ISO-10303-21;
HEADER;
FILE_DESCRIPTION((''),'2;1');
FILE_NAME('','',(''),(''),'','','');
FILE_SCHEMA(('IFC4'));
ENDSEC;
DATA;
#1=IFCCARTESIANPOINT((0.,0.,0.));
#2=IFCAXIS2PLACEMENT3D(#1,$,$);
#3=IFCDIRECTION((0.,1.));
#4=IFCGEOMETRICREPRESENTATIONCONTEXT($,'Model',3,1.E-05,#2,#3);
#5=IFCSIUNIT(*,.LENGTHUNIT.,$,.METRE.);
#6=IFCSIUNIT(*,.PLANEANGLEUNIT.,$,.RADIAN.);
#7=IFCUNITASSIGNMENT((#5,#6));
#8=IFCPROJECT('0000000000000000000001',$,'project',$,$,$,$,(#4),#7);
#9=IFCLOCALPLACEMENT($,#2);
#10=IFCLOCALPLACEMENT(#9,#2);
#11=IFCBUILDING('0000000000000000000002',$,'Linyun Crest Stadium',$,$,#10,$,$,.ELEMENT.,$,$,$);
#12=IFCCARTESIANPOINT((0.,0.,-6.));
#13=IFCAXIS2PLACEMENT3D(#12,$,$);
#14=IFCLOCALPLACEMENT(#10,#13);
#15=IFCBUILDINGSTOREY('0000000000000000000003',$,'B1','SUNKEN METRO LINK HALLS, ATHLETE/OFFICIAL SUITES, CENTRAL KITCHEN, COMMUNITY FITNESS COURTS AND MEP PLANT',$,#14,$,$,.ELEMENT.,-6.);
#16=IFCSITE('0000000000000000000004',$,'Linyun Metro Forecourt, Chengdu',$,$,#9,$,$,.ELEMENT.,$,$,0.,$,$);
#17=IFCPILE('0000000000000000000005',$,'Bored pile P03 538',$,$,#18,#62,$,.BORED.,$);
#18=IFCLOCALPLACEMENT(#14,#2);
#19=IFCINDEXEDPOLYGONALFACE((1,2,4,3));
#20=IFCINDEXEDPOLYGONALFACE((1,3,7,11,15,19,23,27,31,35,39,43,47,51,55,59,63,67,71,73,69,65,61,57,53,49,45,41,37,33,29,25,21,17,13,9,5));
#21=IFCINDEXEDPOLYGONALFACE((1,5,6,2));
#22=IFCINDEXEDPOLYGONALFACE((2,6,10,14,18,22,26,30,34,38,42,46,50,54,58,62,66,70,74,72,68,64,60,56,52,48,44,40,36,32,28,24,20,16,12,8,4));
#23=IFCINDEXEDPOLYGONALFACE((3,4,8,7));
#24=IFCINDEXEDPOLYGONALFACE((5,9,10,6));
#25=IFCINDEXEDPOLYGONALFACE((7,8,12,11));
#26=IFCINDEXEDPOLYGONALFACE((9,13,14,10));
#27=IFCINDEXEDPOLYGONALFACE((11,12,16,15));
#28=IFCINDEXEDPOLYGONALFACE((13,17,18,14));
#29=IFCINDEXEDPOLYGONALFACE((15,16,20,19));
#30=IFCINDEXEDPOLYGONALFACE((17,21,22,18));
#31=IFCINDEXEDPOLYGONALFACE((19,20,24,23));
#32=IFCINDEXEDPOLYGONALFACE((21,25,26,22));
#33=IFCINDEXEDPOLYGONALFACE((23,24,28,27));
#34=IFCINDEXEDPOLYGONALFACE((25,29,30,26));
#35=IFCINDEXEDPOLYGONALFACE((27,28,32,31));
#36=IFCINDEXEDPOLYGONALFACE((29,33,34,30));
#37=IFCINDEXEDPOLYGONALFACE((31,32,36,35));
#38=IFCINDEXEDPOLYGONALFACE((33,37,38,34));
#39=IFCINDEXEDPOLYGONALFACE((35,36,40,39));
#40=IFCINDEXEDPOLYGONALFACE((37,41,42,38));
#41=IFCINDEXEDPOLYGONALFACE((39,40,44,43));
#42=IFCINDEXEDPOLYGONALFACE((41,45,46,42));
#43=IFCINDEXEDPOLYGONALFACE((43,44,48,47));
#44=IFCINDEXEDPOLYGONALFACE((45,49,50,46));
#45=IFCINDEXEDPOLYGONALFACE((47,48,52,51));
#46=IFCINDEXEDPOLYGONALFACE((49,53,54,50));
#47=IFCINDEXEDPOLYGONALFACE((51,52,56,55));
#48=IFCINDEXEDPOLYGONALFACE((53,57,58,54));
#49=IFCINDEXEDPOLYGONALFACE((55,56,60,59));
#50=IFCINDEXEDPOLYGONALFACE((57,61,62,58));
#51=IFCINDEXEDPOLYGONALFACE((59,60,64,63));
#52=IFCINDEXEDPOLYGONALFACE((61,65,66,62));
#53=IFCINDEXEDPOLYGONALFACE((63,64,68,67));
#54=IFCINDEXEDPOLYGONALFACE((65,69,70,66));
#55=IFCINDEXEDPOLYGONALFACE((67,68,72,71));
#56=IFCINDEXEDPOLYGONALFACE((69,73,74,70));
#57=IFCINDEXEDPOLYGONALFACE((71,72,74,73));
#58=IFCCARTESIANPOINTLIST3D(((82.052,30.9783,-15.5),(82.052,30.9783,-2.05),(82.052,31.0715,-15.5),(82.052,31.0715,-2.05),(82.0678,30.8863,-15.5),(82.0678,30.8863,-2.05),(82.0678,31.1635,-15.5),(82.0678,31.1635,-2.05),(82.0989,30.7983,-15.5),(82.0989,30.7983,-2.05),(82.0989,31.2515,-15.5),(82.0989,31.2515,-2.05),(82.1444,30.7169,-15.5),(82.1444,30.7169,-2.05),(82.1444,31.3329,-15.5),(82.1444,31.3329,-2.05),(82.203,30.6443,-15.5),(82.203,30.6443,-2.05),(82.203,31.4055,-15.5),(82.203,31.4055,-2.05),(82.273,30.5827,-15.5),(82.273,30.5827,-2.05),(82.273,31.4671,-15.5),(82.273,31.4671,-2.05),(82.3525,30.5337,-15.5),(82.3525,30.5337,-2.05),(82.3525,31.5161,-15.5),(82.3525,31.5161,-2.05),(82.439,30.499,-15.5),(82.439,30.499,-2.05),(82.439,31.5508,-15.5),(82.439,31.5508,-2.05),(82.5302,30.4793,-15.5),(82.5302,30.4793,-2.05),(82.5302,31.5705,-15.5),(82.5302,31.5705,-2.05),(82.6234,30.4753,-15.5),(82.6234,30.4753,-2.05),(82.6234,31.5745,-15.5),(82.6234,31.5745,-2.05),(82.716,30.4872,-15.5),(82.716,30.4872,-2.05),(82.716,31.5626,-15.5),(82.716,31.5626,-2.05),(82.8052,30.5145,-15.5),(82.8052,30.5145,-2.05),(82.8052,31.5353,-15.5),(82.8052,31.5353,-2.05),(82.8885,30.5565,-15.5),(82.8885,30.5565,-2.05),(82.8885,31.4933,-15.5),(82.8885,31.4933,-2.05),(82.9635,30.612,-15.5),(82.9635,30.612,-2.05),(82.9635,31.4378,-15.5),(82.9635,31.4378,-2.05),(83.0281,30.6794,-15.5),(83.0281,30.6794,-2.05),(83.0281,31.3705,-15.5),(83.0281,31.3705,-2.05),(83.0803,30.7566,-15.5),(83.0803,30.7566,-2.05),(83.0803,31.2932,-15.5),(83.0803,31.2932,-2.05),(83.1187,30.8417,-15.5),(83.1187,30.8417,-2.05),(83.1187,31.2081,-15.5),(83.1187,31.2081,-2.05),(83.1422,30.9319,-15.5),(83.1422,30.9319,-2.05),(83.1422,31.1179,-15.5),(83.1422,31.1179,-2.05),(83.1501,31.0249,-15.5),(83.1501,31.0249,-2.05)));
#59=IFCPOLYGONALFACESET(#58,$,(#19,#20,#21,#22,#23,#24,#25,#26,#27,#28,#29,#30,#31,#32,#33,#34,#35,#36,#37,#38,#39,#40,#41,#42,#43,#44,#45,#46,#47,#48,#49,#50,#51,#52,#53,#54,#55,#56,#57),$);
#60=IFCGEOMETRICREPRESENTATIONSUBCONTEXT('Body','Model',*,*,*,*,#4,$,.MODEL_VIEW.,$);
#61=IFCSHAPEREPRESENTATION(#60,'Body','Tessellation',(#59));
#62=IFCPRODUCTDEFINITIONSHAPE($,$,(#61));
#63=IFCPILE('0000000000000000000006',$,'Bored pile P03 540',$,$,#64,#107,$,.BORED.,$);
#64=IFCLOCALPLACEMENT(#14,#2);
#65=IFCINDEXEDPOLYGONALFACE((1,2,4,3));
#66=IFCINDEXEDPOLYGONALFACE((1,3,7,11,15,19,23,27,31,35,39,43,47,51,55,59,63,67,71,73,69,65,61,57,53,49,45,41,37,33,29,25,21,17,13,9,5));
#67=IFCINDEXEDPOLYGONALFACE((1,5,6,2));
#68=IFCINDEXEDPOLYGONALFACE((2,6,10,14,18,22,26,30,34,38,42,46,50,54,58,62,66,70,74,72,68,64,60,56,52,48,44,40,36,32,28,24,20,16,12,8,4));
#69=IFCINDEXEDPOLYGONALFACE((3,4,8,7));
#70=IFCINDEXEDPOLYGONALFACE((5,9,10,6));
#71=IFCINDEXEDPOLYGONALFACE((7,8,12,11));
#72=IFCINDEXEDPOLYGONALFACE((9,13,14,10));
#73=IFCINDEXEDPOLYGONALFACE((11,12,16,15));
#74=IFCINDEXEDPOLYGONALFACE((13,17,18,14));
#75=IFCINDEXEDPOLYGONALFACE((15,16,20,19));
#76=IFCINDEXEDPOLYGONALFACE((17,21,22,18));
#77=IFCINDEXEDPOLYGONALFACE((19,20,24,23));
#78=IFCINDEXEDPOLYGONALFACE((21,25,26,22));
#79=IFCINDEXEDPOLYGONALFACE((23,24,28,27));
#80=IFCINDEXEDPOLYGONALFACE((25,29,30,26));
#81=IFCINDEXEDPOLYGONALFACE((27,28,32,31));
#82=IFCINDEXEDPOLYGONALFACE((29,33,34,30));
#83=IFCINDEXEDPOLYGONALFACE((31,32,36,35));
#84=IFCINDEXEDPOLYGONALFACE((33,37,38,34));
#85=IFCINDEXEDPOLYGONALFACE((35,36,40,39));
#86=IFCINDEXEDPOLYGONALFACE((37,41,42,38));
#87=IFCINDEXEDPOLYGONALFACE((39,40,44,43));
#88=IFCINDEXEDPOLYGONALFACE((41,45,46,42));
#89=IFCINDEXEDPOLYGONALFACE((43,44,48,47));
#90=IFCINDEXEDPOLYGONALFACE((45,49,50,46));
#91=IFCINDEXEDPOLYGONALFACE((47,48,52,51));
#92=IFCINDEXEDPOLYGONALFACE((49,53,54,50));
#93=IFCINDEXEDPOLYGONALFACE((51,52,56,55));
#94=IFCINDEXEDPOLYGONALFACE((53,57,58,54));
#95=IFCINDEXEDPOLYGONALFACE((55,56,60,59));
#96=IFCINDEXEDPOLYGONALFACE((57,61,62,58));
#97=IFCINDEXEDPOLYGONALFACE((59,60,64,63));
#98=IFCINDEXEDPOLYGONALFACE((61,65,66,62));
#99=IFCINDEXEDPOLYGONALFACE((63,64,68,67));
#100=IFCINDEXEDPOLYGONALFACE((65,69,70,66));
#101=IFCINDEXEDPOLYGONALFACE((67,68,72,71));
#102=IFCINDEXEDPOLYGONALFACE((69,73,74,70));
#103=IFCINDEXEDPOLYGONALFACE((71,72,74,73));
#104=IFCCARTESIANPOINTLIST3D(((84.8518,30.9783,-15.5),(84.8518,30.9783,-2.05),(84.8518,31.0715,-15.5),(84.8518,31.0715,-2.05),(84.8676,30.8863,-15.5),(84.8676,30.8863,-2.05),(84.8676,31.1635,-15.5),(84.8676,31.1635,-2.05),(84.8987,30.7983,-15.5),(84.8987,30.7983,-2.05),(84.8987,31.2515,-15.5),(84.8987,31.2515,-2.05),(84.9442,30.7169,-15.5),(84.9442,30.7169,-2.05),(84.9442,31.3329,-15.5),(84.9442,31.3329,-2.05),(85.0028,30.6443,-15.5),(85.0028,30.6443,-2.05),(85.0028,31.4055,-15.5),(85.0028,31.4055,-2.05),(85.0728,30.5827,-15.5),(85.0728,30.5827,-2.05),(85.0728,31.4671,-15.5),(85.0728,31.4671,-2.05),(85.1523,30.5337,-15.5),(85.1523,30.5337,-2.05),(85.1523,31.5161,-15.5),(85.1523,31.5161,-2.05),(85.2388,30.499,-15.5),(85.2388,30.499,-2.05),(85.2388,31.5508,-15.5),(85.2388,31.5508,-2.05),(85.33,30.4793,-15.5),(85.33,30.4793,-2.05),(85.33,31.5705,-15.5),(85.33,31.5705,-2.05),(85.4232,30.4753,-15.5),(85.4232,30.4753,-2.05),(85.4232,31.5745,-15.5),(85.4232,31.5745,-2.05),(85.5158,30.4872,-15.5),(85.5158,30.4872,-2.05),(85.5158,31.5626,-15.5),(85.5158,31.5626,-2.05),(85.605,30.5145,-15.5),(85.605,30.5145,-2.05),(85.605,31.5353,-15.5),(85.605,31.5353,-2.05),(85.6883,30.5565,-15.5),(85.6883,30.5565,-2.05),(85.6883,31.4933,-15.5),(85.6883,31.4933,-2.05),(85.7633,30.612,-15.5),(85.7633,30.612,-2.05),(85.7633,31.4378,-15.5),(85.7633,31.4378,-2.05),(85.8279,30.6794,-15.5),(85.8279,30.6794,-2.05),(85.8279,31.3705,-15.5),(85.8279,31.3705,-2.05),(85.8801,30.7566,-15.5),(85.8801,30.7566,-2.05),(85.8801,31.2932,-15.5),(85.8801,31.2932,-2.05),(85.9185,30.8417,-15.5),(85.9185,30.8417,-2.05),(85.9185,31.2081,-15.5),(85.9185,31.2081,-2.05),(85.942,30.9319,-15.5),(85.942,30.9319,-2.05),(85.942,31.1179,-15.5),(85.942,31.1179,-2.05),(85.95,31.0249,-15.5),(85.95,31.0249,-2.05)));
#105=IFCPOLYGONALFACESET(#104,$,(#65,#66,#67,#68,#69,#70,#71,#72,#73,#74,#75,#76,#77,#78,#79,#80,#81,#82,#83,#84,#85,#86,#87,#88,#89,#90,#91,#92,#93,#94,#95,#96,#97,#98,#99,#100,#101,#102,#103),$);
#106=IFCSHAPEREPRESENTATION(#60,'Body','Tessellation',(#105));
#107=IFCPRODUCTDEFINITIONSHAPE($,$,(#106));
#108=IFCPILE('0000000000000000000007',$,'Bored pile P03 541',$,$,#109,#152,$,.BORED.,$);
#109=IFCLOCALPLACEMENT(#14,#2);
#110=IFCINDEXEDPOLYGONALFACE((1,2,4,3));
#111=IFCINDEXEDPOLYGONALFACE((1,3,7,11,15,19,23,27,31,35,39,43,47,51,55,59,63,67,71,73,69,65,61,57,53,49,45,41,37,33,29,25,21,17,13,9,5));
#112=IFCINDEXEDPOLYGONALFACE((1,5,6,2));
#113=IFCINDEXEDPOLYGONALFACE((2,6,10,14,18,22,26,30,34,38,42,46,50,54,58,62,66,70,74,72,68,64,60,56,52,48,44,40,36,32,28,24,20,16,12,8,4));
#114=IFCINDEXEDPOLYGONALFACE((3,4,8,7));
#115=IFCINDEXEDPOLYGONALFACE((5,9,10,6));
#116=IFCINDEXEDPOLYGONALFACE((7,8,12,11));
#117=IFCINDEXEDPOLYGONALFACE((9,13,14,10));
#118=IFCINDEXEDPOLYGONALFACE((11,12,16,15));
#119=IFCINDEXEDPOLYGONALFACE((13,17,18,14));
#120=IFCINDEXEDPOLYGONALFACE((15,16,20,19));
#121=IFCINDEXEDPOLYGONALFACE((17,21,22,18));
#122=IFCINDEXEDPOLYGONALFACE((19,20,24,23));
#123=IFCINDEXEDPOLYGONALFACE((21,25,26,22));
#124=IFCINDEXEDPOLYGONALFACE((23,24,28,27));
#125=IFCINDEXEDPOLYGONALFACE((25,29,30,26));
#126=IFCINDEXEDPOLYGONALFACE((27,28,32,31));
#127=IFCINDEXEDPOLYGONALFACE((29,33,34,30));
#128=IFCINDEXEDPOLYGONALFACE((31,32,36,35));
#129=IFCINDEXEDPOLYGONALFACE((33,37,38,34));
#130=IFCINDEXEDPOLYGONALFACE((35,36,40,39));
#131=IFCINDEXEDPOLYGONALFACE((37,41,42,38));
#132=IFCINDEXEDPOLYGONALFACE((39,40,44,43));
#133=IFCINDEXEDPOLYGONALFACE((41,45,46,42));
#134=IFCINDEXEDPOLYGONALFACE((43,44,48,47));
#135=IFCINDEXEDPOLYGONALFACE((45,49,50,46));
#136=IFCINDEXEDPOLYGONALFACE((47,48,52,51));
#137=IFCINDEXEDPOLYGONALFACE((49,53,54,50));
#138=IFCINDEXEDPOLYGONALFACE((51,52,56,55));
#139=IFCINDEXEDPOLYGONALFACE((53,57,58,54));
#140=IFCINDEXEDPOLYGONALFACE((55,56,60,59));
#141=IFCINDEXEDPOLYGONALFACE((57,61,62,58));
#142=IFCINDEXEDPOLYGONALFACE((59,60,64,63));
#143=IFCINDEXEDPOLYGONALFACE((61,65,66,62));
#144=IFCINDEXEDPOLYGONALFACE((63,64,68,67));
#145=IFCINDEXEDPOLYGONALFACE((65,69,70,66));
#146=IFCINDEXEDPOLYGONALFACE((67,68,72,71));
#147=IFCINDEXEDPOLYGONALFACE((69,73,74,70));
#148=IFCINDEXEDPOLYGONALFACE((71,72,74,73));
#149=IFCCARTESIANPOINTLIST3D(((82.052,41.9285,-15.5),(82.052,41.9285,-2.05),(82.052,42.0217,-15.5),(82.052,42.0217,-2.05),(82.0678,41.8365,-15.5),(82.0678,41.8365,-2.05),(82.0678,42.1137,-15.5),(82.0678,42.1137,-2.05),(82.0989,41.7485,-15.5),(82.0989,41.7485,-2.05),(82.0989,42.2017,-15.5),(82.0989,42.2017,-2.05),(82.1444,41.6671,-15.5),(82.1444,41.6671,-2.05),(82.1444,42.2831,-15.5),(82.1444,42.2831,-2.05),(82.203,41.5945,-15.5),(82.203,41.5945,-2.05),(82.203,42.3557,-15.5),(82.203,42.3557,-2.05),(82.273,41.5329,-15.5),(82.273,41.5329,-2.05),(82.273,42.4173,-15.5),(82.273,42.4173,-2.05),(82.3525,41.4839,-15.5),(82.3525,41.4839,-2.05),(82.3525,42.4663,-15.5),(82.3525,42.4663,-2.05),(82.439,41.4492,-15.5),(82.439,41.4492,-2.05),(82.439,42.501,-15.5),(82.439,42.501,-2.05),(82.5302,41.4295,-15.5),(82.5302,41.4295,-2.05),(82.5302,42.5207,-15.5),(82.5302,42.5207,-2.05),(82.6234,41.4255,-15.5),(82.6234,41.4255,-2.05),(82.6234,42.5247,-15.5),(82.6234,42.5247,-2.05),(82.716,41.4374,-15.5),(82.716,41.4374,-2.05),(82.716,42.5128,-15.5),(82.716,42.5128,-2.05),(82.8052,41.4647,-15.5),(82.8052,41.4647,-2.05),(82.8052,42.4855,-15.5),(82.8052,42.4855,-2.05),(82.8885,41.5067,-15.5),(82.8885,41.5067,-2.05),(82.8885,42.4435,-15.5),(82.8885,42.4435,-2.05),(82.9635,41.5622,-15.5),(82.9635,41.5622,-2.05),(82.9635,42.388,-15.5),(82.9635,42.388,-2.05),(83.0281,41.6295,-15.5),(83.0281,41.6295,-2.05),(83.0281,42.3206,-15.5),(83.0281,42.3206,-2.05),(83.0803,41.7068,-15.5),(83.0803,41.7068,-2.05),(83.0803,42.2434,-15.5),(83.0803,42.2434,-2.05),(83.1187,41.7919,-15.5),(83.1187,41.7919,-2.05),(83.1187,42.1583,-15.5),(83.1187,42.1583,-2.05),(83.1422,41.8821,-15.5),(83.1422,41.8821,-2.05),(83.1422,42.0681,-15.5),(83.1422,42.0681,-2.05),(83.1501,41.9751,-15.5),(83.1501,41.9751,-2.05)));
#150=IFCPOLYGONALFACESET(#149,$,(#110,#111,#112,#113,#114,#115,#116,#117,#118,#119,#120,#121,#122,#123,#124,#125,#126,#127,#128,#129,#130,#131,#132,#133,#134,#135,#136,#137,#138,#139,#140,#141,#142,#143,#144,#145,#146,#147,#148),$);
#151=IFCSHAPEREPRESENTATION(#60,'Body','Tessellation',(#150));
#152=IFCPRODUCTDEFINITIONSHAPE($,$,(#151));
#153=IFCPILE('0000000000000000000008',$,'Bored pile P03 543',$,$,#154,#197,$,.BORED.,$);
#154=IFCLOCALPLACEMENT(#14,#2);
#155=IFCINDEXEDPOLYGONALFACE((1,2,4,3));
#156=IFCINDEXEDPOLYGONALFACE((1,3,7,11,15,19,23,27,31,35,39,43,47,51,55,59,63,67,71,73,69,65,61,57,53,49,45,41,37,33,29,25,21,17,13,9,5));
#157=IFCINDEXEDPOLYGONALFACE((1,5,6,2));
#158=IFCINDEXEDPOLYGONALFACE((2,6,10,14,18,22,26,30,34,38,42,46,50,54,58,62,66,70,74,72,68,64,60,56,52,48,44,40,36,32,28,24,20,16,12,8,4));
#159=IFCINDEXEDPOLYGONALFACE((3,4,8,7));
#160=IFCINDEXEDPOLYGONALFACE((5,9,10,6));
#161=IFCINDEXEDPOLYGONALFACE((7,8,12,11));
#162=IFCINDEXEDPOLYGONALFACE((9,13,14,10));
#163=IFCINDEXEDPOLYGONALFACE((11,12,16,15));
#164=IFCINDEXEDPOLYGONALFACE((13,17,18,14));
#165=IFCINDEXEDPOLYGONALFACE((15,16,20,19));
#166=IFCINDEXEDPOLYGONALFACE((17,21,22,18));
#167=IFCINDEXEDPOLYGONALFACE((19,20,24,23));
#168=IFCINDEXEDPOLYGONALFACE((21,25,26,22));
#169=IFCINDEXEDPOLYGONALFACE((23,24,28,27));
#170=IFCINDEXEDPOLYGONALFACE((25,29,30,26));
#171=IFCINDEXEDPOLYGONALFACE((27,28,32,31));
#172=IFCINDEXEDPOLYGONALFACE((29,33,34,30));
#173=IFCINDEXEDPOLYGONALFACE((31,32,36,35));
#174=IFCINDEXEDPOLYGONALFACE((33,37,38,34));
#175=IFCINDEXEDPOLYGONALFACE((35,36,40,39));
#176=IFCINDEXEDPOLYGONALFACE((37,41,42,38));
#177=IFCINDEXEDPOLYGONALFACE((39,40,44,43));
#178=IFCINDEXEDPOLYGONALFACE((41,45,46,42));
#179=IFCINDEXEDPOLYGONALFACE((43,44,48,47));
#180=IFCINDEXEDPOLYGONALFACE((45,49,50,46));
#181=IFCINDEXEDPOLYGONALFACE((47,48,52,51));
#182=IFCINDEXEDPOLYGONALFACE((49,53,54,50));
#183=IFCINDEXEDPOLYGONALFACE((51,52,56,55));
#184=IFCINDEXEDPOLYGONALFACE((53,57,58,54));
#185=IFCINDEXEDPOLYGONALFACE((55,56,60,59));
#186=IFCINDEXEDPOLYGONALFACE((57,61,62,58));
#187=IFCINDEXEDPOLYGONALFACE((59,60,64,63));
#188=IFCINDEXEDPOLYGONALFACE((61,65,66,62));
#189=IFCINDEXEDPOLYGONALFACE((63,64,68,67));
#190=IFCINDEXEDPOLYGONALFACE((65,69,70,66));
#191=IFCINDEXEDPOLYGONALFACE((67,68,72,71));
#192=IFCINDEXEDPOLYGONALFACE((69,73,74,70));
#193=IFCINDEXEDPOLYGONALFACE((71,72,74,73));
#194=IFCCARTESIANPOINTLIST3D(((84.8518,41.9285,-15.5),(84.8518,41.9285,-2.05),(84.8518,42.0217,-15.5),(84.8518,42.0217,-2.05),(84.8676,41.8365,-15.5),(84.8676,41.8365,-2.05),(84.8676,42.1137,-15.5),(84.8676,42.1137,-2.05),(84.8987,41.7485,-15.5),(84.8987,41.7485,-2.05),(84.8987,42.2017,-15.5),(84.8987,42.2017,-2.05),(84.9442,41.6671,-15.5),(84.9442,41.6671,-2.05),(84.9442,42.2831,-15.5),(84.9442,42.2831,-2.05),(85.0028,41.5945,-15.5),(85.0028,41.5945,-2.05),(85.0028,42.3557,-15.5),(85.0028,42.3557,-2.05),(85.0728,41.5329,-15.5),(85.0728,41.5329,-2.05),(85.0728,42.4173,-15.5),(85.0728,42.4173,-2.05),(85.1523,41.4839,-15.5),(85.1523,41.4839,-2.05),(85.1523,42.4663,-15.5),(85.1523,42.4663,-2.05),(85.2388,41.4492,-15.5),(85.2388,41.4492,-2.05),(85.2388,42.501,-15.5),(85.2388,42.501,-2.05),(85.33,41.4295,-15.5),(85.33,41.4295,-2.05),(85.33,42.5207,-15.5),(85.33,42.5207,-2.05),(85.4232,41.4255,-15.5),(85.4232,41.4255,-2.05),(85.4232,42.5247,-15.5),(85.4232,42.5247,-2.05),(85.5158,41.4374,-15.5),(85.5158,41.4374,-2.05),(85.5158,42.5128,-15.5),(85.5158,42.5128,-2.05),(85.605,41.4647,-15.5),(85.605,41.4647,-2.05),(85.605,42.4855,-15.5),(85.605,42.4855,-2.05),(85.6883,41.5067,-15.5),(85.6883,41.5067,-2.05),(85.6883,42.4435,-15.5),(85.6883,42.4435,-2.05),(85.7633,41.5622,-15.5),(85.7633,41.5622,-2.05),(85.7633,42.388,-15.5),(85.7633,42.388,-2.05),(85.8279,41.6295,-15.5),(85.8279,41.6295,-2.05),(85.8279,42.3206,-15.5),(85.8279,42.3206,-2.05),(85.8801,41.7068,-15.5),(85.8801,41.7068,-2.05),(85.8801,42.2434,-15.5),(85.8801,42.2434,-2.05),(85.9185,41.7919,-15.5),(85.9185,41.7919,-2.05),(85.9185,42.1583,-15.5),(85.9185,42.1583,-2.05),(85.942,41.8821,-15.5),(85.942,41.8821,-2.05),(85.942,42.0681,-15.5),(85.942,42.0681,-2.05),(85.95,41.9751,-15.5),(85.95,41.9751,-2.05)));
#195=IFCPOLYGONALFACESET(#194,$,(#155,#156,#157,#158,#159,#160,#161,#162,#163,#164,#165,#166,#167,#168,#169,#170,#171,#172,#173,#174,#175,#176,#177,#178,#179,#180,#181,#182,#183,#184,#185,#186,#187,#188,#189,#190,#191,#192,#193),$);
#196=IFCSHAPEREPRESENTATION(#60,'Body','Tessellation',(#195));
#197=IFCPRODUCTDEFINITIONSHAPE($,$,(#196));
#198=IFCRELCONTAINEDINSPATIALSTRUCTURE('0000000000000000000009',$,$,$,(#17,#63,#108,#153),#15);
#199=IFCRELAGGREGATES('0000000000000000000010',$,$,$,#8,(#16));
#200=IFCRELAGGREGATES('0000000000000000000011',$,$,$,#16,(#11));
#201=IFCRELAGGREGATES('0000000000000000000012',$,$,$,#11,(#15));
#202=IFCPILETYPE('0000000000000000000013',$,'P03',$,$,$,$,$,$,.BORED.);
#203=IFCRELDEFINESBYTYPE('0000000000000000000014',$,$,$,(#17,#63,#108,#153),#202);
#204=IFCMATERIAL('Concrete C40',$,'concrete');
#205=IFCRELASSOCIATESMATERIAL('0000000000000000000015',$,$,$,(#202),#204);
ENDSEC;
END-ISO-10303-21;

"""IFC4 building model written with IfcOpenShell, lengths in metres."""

from ifc_helpers import new_model, si_unit, direction, frame, origin, origin_2d, place, context, subcontext, project, spatial, circle, extrude, material, material_profile, profile_set, type_object, element, save


model = new_model("IFC4")

# Units and contexts
model_context = context("Model", 3, precision=1e-05, world=origin(), true_north=direction((0.0, 1.0)))
body_context = subcontext(model_context, "Body", "Model", "MODEL_VIEW")
ifc_project = project(units=[si_unit("LENGTHUNIT", "METRE"), si_unit("PLANEANGLEUNIT", "RADIAN")], contexts=[model_context])

# Site, building, storey
site_placement = place(None, origin())
site = spatial("IfcSite", under=ifc_project, at=site_placement, Name="Linyun Metro Forecourt, Chengdu", CompositionType="ELEMENT", RefElevation=0.0)
building_placement = place(site_placement, origin())
building = spatial("IfcBuilding", under=site, at=building_placement, Name="Linyun Crest Stadium", CompositionType="ELEMENT")
storey_placement = place(building_placement, frame((0.0, 0.0, -6.0)))
storey = spatial("IfcBuildingStorey", under=building, at=storey_placement, Name="B1", Description="SUNKEN METRO LINK HALLS, ATHLETE/OFFICIAL SUITES, CENTRAL KITCHEN, COMMUNITY FITNESS COURTS AND MEP PLANT", CompositionType="ELEMENT", Elevation=-6.0)

# Piles
ifc_material_1 = material(Name="Concrete C40", Category="concrete")
ifc_material_profile_1 = material_profile(ifc_material_1, circle(Radius=0.55, at=origin_2d()), Name="BORED PILE 1100")
ifc_profile_set_1 = profile_set([ifc_material_profile_1], Name="Concrete C40")
pile_type = type_object("IfcPileType", Name="P03", PredefinedType="BORED", material=ifc_profile_set_1)
for number, where, z_axis, x_axis, name in (
    (1, (82.6001, 31.0249, -2.05), (0.0, 0.0, -1.0), (1.0, 0.0, 0.0), "Bored pile P03 538"),
    (2, (85.3999, 31.0249, -2.05), (0.0, 0.0, -1.0), (1.0, 0.0, 0.0), "Bored pile P03 540"),
    (3, (82.6001, 41.9751, -2.05), (0.0, 0.0, -1.0), (1.0, 0.0, 0.0), "Bored pile P03 541"),
    (4, (85.3999, 41.9751, -2.05), (0.0, 0.0, -1.0), (1.0, 0.0, 0.0), "Bored pile P03 543"),
):
    element("IfcPile", number, at=place(storey_placement, frame(where, z_axis=z_axis, x_axis=x_axis)), inside=storey, type_object=pile_type, Name=name, PredefinedType="BORED", context=body_context, shape_type="SweptSolid", body=[
        extrude(circle(Radius=0.55, at=origin_2d()), origin(), (0.0, 0.0, 1.0), 13.45),
    ])

save(model, "model.ifc")
